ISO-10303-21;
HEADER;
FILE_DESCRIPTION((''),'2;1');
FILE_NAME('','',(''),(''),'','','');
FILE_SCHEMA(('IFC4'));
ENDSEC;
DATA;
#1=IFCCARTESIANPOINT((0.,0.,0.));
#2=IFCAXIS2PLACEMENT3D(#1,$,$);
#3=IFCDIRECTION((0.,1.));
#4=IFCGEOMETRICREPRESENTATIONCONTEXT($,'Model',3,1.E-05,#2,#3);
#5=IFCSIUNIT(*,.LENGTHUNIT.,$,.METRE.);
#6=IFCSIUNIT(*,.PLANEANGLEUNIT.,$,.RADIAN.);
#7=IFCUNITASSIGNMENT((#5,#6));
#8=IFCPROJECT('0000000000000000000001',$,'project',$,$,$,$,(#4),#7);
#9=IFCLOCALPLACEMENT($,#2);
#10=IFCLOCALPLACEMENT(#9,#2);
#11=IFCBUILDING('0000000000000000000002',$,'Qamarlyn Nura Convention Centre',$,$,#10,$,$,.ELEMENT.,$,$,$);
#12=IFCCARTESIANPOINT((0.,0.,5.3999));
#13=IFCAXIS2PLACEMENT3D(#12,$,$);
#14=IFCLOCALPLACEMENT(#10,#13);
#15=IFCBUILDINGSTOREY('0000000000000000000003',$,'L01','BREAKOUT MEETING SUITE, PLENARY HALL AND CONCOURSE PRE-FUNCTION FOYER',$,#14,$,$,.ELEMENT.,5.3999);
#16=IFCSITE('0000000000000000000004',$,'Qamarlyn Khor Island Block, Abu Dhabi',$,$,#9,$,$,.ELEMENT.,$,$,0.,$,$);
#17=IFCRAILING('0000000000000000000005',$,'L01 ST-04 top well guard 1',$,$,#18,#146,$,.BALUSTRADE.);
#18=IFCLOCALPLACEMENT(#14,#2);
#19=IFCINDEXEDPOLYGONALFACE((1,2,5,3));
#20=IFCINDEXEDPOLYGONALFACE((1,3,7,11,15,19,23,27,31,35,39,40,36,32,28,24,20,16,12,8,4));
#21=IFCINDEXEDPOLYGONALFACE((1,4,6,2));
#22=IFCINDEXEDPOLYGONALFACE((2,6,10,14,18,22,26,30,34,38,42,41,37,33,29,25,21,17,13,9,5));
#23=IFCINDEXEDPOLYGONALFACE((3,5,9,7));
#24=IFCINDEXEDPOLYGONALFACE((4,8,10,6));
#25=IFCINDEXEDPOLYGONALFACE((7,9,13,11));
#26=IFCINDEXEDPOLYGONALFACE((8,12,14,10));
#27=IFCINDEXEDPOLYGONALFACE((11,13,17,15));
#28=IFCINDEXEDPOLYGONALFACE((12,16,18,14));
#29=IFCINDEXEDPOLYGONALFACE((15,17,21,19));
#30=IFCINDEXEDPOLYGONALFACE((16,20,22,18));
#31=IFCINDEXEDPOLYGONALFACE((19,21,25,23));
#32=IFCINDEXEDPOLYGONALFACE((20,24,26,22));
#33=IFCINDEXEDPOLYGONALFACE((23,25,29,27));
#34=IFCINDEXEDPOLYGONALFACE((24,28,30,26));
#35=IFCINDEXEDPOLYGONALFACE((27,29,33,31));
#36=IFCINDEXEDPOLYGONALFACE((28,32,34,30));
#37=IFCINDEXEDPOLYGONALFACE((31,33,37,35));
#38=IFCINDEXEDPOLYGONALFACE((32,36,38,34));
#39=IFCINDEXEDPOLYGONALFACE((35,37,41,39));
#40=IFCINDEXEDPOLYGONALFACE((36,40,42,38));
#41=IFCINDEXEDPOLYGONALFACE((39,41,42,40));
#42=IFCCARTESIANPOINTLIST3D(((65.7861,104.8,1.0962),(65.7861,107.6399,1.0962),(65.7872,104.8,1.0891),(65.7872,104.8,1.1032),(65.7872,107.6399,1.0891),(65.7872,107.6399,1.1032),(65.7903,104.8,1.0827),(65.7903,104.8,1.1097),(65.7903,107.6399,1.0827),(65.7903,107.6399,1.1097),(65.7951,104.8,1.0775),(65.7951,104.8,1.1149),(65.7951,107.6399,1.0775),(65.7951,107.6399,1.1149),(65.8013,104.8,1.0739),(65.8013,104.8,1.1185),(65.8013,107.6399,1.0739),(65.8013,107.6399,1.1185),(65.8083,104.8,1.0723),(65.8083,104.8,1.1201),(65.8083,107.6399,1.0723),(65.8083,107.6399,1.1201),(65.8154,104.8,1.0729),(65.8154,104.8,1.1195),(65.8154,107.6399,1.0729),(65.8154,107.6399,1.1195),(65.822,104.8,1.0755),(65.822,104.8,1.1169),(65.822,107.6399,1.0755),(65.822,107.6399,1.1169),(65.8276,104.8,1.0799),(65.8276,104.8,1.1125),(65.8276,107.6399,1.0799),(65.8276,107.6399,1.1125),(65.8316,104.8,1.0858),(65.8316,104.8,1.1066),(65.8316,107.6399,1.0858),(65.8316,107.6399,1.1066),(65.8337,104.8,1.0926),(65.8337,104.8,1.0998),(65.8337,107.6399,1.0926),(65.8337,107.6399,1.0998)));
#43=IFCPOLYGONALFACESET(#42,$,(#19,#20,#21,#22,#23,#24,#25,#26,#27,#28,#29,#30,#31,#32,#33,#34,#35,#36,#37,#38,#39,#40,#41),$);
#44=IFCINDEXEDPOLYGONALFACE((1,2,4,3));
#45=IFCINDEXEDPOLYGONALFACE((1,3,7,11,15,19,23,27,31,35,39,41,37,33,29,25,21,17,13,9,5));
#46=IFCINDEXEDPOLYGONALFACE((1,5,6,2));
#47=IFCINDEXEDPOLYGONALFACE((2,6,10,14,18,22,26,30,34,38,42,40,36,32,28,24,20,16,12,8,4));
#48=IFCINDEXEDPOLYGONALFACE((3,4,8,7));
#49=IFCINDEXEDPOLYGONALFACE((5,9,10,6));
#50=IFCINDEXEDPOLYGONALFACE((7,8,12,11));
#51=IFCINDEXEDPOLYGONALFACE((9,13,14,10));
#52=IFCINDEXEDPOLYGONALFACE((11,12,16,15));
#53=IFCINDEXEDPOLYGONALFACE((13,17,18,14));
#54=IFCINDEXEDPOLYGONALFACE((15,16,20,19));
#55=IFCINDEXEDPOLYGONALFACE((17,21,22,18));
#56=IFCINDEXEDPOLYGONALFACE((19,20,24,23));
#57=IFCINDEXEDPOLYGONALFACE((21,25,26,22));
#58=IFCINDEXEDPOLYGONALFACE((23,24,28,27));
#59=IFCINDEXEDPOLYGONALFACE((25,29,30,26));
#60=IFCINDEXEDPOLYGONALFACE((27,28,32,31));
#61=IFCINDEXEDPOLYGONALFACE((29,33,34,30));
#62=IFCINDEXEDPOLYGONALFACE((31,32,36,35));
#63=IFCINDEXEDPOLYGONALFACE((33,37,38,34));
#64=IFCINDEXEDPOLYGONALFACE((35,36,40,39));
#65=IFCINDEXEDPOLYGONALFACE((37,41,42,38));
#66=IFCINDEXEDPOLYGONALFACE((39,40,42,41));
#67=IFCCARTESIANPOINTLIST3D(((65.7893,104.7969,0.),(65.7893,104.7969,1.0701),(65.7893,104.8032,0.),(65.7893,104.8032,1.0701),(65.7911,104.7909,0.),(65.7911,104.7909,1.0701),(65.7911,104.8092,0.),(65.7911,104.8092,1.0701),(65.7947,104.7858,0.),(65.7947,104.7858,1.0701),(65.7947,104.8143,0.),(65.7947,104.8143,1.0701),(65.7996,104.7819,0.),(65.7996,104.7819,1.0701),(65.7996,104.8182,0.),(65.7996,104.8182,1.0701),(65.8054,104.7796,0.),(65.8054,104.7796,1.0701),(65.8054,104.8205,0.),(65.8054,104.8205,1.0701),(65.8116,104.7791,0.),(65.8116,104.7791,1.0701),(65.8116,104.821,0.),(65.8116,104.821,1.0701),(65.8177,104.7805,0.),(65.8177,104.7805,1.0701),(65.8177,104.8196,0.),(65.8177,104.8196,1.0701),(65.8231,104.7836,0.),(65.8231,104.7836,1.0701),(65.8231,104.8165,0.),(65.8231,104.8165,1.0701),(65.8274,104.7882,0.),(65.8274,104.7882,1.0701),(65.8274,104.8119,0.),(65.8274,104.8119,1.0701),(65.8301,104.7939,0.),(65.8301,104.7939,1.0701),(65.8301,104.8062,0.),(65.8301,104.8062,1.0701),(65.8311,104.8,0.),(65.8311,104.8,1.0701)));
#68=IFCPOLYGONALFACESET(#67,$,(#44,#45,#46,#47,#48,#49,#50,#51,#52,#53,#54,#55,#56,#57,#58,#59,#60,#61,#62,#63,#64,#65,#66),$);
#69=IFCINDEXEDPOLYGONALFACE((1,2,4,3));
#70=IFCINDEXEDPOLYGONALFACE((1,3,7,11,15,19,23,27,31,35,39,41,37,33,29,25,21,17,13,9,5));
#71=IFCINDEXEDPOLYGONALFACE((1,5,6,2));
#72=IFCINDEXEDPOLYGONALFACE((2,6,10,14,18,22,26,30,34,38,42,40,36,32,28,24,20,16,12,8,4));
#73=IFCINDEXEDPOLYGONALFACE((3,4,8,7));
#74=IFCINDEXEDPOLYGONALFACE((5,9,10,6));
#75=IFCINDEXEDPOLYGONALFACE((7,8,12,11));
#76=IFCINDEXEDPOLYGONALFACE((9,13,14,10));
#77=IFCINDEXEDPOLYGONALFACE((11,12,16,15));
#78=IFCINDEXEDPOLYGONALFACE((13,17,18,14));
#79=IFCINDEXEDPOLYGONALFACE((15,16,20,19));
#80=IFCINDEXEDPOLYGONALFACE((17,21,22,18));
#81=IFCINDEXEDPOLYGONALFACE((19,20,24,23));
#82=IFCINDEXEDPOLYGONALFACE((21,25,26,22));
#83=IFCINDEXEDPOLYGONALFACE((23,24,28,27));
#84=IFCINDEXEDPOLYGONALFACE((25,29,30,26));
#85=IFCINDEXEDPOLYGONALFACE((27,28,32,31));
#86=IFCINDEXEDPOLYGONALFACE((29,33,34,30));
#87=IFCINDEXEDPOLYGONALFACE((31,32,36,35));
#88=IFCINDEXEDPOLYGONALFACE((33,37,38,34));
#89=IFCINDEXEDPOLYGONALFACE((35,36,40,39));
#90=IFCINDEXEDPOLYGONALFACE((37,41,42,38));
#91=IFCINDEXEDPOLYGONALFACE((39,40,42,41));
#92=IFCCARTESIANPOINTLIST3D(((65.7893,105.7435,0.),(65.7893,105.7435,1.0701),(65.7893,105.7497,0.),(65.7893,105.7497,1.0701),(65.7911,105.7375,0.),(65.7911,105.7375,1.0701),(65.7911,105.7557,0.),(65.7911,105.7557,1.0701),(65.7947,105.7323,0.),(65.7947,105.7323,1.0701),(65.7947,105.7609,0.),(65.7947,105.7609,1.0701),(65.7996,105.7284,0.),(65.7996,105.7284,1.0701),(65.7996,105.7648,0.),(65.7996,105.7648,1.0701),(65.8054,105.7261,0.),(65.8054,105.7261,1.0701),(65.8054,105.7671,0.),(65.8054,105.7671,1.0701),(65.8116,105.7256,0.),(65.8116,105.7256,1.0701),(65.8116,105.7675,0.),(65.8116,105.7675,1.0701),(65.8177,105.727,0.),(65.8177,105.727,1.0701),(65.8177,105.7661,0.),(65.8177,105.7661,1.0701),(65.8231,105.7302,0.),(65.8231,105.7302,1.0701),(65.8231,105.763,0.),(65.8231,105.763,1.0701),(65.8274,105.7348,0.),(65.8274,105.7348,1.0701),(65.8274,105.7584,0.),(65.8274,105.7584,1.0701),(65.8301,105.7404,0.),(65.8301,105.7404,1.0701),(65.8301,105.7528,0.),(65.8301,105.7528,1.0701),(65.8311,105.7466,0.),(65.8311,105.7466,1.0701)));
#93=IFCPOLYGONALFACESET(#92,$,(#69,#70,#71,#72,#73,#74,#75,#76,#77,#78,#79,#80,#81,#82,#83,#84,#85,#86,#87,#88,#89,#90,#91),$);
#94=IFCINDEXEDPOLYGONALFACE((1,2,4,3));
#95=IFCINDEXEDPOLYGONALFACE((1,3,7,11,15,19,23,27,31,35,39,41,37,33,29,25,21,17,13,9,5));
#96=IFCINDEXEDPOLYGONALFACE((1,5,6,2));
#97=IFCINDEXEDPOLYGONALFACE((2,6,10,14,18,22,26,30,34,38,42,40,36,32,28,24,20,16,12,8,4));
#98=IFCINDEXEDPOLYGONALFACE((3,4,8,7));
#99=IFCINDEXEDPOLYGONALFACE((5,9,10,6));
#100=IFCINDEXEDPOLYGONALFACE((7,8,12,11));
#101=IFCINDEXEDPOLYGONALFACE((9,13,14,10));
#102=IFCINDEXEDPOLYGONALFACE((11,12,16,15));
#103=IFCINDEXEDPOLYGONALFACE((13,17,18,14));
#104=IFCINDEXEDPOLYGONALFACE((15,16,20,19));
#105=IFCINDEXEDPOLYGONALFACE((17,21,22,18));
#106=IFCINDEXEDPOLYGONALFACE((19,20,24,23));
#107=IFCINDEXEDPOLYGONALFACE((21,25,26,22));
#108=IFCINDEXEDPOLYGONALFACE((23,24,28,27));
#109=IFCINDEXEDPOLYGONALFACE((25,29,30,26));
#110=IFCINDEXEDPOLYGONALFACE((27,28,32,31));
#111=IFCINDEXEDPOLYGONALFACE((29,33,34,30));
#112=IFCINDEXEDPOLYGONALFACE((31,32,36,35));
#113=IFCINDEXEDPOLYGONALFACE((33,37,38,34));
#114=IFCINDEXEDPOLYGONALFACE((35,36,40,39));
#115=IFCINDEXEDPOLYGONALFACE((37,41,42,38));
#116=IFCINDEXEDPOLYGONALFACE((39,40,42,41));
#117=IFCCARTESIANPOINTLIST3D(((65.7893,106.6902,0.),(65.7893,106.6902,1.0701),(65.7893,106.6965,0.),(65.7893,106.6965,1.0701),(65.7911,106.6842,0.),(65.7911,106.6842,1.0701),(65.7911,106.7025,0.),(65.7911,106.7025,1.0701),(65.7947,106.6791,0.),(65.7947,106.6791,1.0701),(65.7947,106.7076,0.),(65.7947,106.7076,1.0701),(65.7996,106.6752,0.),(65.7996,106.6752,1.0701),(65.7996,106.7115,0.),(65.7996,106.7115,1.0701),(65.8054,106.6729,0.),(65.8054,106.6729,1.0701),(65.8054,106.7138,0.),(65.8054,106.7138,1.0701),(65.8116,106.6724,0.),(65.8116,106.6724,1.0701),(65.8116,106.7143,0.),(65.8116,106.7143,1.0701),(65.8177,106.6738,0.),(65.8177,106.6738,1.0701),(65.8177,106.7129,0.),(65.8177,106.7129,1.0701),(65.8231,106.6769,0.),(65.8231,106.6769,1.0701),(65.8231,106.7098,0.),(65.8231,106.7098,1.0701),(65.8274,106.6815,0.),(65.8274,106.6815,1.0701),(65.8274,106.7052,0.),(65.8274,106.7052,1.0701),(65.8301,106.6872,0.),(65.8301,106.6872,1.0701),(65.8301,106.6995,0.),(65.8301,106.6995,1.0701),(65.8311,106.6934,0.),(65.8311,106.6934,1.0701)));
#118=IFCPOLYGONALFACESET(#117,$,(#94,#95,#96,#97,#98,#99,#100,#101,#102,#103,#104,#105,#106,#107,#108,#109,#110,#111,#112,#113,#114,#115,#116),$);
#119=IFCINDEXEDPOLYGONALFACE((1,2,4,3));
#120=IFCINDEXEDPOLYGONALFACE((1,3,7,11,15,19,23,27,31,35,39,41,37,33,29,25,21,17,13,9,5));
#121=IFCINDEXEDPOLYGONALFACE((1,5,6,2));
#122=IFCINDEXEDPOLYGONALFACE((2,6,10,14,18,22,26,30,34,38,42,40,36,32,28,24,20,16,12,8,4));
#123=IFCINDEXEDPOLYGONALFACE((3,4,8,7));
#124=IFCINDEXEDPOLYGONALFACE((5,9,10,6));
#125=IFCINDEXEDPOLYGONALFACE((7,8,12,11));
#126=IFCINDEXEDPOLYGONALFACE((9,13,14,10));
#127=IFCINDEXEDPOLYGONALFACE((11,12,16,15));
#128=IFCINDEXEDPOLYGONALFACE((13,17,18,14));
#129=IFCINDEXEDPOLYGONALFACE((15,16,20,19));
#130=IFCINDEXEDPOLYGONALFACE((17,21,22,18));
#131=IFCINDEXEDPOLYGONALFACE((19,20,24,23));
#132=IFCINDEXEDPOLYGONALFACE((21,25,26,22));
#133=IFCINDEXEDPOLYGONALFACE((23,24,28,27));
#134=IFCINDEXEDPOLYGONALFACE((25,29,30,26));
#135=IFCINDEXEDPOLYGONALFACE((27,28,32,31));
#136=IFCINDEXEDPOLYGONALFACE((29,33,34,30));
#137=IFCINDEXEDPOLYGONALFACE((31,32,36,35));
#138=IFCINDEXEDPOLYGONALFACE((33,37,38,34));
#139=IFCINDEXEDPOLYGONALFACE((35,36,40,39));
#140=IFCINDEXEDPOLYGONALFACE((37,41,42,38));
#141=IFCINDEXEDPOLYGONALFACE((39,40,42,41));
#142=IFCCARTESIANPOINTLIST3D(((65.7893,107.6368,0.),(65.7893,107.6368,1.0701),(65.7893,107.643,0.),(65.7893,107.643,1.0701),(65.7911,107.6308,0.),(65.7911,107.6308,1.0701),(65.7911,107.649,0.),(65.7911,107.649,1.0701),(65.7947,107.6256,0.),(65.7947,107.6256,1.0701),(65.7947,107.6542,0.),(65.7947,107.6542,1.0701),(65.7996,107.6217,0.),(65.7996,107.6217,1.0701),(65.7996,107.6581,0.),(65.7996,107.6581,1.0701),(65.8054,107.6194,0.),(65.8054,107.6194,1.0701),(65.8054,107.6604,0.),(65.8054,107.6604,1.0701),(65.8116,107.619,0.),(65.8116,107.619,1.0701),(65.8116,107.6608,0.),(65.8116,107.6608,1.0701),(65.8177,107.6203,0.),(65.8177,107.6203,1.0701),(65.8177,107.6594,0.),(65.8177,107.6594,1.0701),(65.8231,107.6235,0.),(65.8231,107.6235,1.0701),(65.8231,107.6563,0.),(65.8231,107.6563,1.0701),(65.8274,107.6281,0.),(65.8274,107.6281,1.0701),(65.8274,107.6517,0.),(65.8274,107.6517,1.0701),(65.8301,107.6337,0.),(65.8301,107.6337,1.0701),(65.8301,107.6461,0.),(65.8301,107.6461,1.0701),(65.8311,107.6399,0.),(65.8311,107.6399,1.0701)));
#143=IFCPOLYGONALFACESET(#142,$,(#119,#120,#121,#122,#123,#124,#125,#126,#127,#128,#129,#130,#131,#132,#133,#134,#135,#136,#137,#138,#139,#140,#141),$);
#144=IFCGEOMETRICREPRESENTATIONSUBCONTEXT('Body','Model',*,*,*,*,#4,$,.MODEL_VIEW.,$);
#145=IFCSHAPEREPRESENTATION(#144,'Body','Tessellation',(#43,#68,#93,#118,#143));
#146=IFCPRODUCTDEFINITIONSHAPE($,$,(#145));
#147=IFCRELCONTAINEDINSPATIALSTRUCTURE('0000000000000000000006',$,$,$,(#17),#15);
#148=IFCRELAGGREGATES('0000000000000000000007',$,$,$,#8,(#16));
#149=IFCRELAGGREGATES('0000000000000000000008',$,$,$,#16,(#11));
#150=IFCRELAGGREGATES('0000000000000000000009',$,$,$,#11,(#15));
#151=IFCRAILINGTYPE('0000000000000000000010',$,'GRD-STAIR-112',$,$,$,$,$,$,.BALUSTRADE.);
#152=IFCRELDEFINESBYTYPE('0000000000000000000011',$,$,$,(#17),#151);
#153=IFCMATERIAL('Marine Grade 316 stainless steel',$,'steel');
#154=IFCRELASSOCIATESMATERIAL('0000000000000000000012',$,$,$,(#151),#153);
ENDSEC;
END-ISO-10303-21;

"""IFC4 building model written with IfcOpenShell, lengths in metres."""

from ifc_helpers import new_model, si_unit, direction, frame, origin, origin_2d, place, context, subcontext, project, spatial, circle, extrude, material, type_object, element, save


model = new_model("IFC4")

# Units and contexts
model_context = context("Model", 3, precision=1e-05, world=origin(), true_north=direction((0.0, 1.0)))
body_context = subcontext(model_context, "Body", "Model", "MODEL_VIEW")
ifc_project = project(units=[si_unit("LENGTHUNIT", "METRE"), si_unit("PLANEANGLEUNIT", "RADIAN")], contexts=[model_context])

# Site, building, storey
site_placement = place(None, origin())
site = spatial("IfcSite", under=ifc_project, at=site_placement, Name="Qamarlyn Khor Island Block, Abu Dhabi", CompositionType="ELEMENT", RefElevation=0.0)
building_placement = place(site_placement, origin())
building = spatial("IfcBuilding", under=site, at=building_placement, Name="Qamarlyn Nura Convention Centre", CompositionType="ELEMENT")
storey_placement = place(building_placement, frame((0.0, 0.0, 5.3999)))
storey = spatial("IfcBuildingStorey", under=building, at=storey_placement, Name="L01", Description="BREAKOUT MEETING SUITE, PLENARY HALL AND CONCOURSE PRE-FUNCTION FOYER", CompositionType="ELEMENT", Elevation=5.3999)

# Railing
ifc_material_1 = material(Name="Marine Grade 316 stainless steel", Category="steel")
railing_type = type_object("IfcRailingType", Name="GRD-STAIR-112", PredefinedType="BALUSTRADE", material=ifc_material_1)
railing_placement = place(storey_placement, frame((65.8101, 104.8, 0.0)))
element("IfcRailing", 1, at=railing_placement, inside=storey, type_object=railing_type, Name="L01 ST-04 top well guard 1", PredefinedType="BALUSTRADE", context=body_context, shape_type="SweptSolid", body=[
    extrude(circle(Radius=0.0239, at=origin_2d()), frame((0.0, 0.0, 1.0962), z_axis=(0.0, 1.0, 0.0), x_axis=(-1.0, 0.0, 0.0)), (0.0, 0.0, 1.0), 2.8398),
    extrude(circle(Radius=0.021, at=origin_2d()), origin(), (0.0, 0.0, 1.0), 1.0701),
    extrude(circle(Radius=0.021, at=origin_2d()), frame((0.0, 0.9465, 0.0)), (0.0, 0.0, 1.0), 1.0701),
    extrude(circle(Radius=0.021, at=origin_2d()), frame((0.0, 1.8933, 0.0)), (0.0, 0.0, 1.0), 1.0701),
    extrude(circle(Radius=0.021, at=origin_2d()), frame((0.0, 2.8398, 0.0)), (0.0, 0.0, 1.0), 1.0701),
])

save(model, "model.ifc")
